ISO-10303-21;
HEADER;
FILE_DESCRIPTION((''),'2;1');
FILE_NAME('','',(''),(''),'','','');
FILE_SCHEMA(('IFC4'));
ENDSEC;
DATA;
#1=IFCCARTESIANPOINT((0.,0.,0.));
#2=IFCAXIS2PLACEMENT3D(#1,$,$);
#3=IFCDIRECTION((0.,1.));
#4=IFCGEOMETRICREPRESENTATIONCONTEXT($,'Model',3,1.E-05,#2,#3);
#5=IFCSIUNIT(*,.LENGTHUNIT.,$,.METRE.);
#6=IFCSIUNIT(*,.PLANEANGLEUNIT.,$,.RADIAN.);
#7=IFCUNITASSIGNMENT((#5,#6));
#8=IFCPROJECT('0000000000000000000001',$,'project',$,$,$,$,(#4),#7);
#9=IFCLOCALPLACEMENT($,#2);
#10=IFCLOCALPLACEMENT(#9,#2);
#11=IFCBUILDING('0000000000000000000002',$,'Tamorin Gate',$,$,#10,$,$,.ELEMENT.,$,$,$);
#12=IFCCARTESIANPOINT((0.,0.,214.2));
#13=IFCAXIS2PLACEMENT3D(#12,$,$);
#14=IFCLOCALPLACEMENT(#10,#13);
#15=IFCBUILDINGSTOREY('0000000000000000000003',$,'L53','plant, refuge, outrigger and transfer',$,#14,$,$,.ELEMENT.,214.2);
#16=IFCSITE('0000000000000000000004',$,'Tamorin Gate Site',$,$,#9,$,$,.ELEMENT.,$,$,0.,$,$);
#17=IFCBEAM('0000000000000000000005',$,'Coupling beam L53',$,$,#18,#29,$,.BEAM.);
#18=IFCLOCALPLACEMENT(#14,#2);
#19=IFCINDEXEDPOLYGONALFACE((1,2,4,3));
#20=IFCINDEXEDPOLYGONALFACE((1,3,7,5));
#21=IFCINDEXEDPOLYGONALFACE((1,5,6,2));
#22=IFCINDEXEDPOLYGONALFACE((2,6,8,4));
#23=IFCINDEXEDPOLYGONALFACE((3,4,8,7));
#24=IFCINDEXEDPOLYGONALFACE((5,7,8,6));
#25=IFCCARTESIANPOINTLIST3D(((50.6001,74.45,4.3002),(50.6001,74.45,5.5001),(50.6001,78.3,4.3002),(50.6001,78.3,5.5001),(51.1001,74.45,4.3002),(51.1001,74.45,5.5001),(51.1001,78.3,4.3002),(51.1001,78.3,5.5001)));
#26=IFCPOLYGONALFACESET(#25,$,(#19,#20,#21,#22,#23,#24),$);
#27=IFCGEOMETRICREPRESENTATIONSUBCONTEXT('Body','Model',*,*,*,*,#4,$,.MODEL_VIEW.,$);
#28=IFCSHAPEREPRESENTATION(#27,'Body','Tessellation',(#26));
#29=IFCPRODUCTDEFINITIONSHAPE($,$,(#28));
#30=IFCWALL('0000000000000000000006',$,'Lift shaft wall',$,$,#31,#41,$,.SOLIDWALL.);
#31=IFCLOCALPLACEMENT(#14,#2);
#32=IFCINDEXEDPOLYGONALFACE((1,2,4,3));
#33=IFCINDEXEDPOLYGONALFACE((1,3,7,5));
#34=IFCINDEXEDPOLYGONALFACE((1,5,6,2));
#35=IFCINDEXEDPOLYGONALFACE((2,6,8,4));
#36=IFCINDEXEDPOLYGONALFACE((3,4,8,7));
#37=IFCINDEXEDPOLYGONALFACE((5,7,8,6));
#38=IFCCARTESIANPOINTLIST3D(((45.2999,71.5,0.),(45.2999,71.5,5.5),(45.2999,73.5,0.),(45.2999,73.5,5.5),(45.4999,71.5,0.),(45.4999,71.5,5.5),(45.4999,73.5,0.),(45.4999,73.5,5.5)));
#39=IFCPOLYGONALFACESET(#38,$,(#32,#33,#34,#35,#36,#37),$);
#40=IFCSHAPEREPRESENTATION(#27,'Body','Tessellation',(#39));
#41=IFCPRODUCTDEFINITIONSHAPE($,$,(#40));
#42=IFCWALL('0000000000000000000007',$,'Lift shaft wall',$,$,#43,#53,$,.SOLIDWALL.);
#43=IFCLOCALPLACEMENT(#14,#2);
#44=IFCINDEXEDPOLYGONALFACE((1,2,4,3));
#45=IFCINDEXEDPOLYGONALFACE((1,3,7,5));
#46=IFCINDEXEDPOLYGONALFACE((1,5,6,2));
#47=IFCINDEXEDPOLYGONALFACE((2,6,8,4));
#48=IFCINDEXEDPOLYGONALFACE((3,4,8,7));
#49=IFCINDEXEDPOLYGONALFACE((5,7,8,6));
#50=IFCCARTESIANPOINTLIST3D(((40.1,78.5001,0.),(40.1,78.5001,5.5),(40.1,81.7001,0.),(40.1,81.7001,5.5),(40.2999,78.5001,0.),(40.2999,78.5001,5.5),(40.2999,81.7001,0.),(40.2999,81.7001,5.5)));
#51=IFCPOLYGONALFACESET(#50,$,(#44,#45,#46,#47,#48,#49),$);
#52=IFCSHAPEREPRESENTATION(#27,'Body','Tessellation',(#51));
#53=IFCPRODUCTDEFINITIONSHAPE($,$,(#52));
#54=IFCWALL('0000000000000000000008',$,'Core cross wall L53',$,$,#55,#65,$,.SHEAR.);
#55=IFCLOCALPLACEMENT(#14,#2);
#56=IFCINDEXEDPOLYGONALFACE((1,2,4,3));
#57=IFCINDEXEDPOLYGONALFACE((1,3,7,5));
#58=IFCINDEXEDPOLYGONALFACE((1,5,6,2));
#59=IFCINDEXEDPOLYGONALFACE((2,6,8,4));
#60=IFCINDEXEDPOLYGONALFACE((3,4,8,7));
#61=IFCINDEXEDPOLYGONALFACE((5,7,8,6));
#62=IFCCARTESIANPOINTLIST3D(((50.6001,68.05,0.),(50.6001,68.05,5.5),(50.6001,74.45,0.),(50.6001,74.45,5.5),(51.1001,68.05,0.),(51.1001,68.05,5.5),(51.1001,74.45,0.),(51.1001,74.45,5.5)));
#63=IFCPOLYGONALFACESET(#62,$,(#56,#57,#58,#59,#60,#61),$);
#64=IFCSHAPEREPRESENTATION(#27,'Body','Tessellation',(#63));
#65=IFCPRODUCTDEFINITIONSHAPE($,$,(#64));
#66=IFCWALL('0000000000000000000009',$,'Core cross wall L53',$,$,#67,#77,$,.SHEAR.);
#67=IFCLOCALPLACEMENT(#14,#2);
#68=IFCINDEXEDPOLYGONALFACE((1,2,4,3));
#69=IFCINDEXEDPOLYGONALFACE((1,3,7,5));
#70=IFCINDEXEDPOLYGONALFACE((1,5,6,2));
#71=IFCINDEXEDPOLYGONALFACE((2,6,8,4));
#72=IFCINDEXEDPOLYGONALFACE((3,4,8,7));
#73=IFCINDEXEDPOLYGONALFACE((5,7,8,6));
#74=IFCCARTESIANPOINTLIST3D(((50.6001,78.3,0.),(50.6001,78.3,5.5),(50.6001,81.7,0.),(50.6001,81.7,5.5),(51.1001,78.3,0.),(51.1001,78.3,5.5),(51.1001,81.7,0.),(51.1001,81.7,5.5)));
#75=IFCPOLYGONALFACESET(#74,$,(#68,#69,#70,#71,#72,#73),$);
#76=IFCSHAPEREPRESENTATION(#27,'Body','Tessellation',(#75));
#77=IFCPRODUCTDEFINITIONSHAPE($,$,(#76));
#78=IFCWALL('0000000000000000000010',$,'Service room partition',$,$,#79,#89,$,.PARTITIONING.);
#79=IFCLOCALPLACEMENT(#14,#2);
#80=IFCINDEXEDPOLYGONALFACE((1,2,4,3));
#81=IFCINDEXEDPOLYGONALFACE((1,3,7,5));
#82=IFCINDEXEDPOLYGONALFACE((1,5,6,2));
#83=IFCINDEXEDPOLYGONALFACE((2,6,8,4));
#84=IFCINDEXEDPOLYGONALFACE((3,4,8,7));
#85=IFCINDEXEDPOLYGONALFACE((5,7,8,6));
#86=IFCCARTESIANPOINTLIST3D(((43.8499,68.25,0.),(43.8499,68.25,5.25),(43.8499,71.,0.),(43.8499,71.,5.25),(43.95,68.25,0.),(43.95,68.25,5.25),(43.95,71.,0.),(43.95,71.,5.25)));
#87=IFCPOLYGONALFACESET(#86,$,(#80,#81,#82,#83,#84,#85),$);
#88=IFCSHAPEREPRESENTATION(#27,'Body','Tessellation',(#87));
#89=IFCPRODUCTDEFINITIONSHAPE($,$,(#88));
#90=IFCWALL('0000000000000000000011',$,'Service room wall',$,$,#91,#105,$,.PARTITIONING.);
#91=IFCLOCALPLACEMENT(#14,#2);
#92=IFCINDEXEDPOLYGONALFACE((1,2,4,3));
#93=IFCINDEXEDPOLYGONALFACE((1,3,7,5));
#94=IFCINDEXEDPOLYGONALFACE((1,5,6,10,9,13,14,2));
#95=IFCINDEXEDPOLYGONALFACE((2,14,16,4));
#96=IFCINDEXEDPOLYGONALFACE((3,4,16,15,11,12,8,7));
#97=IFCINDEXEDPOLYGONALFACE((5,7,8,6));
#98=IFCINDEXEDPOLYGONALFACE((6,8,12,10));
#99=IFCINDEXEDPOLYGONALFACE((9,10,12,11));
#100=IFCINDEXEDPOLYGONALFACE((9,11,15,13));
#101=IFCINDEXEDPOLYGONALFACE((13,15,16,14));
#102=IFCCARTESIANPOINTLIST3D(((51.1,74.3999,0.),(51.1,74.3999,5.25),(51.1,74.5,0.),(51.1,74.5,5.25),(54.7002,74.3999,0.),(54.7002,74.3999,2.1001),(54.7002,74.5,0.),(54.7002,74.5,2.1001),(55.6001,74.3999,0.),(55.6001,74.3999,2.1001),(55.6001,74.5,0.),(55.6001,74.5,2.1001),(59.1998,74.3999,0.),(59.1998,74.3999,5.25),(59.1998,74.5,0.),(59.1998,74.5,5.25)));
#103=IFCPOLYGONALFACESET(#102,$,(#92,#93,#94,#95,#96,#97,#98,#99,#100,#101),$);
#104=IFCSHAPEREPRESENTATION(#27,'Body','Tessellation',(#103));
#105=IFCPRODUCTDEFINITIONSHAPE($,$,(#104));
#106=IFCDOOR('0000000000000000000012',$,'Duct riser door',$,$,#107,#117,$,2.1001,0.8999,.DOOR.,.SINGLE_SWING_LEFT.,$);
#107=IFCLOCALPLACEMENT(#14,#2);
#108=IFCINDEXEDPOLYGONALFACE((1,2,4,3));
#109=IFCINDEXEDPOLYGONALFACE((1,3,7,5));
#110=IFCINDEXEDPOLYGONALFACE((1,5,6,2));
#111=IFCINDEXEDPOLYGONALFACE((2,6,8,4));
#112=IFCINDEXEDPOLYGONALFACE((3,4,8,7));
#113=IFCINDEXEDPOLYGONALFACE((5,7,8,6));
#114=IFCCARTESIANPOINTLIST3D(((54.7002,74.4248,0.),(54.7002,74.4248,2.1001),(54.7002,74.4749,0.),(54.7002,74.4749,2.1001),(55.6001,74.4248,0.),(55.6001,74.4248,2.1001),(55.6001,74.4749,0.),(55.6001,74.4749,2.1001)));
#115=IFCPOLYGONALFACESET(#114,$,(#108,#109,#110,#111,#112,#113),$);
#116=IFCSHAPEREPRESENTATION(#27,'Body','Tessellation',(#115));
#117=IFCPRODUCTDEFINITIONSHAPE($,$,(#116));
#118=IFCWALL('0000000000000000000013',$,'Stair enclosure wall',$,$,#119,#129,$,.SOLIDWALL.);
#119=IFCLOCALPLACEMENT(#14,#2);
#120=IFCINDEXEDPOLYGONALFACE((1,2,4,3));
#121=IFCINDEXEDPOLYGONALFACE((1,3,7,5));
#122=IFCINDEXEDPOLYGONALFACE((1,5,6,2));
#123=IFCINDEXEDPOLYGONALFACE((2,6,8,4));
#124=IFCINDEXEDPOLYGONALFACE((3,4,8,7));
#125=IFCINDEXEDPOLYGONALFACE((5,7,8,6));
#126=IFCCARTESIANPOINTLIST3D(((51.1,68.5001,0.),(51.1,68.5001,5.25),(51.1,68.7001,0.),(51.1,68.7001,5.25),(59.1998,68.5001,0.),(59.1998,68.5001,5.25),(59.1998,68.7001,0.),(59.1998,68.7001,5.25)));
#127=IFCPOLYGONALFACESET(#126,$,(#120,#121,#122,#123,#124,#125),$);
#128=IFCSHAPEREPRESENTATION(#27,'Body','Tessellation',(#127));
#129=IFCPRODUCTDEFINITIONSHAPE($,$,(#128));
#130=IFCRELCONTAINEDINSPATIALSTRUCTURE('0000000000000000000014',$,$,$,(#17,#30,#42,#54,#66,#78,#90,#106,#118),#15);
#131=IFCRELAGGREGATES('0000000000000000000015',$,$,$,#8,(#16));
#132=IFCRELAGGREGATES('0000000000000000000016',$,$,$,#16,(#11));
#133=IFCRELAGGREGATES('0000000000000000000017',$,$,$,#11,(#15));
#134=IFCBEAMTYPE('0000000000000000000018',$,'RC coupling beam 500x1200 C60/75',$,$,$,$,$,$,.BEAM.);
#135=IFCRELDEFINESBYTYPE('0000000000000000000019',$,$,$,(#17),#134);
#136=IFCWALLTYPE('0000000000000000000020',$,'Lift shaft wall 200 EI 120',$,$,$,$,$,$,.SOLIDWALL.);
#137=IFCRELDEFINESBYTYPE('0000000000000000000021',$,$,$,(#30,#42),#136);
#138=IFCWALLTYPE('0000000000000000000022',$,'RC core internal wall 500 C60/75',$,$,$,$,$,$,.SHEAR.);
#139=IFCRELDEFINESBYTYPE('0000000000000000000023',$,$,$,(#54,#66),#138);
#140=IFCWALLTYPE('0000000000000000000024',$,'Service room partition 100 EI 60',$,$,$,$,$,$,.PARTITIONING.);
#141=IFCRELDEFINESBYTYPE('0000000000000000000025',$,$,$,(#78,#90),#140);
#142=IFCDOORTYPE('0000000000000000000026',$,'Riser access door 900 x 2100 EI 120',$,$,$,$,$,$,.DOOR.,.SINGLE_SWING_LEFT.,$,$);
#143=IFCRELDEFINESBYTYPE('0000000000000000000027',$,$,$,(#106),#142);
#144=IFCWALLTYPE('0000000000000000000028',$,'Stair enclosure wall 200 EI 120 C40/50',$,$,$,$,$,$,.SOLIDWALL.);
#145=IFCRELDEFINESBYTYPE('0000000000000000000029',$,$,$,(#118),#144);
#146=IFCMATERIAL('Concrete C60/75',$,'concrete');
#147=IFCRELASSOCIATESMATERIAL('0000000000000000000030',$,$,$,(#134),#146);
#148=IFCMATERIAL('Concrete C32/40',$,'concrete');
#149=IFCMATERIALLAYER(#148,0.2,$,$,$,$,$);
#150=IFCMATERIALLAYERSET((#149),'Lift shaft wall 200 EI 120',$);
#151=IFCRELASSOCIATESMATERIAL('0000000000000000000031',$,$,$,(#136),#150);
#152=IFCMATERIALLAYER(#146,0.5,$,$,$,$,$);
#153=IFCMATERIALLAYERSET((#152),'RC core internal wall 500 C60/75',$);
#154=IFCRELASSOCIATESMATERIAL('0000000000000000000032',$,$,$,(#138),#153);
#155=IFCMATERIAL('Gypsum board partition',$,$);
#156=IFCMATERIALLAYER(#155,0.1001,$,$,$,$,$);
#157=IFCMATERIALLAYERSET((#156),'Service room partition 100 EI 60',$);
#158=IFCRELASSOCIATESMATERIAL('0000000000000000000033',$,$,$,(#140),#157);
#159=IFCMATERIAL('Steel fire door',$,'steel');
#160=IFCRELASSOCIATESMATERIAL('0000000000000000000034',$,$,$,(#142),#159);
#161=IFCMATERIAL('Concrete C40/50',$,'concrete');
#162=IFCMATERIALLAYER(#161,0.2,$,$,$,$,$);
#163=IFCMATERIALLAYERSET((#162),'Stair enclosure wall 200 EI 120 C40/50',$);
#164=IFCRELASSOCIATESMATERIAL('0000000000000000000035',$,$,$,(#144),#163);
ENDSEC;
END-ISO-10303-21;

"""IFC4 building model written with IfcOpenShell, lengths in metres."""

from ifc_helpers import new_model, si_unit, direction, frame, frame_2d, origin, origin_2d, place, context, subcontext, project, spatial, rectangle, extrude, material, layer, layer_set, material_profile, profile_set, type_object, element, fill, save


model = new_model("IFC4")

# Units and contexts
model_context = context("Model", 3, precision=1e-05, world=origin(), true_north=direction((0.0, 1.0)))
body_context = subcontext(model_context, "Body", "Model", "MODEL_VIEW")
ifc_project = project(units=[si_unit("LENGTHUNIT", "METRE"), si_unit("PLANEANGLEUNIT", "RADIAN")], contexts=[model_context])

# Site, building, storey
site_placement = place(None, origin())
site = spatial("IfcSite", under=ifc_project, at=site_placement, Name="Tamorin Gate Site", CompositionType="ELEMENT", RefElevation=0.0)
building_placement = place(site_placement, origin())
building = spatial("IfcBuilding", under=site, at=building_placement, Name="Tamorin Gate", CompositionType="ELEMENT")
storey_placement = place(building_placement, frame((0.0, 0.0, 214.2)))
storey = spatial("IfcBuildingStorey", under=building, at=storey_placement, Name="L53", Description="plant, refuge, outrigger and transfer", CompositionType="ELEMENT", Elevation=214.2)

# Beam
ifc_material_1 = material(Name="Concrete C60/75", Category="concrete")
ifc_material_profile = material_profile(ifc_material_1, rectangle(XDim=0.5, YDim=1.2, at=origin_2d()), Name="RC 500x1200")
ifc_profile_set = profile_set([ifc_material_profile], Name="Concrete C60/75")
beam_type = type_object("IfcBeamType", Name="RC coupling beam 500x1200 C60/75", PredefinedType="BEAM", material=ifc_profile_set)
beam_placement = place(storey_placement, frame((50.8501, 74.45, 4.9001), z_axis=(0.0, 1.0, 0.0), x_axis=(-1.0, 0.0, 0.0)))
element("IfcBeam", 1, at=beam_placement, inside=storey, type_object=beam_type, Name="Coupling beam L53", PredefinedType="BEAM", context=body_context, shape_type="SweptSolid", body=[
    extrude(rectangle(XDim=0.5, YDim=1.2, at=origin_2d()), origin(), (0.0, 0.0, 1.0), 3.8501),
])

# Walls
ifc_material_2 = material(Name="Concrete C32/40", Category="concrete")
ifc_layer_1 = layer(ifc_material_2, 0.2)
ifc_layer_set_1 = layer_set([ifc_layer_1], Name="Lift shaft wall 200 EI 120")
wall_type_1 = type_object("IfcWallType", Name="Lift shaft wall 200 EI 120", PredefinedType="SOLIDWALL", material=ifc_layer_set_1)
wall_1_placement = place(storey_placement, frame((45.3999, 71.5, 0.0), z_axis=(0.0, 0.0, 1.0), x_axis=(0.0, 1.0, 0.0)))
element("IfcWall", 2, at=wall_1_placement, inside=storey, type_object=wall_type_1, Name="Lift shaft wall", PredefinedType="SOLIDWALL", context=body_context, shape_type="SweptSolid", body=[
    extrude(rectangle(XDim=2.0, YDim=0.2, at=frame_2d((1.0, 0.0))), origin(), (0.0, 0.0, 1.0), 5.5),
])
wall_2_placement = place(storey_placement, frame((40.2, 78.5, 0.0), z_axis=(0.0, 0.0, 1.0), x_axis=(0.0, 1.0, 0.0)))
element("IfcWall", 3, at=wall_2_placement, inside=storey, type_object=wall_type_1, Name="Lift shaft wall", PredefinedType="SOLIDWALL", context=body_context, shape_type="SweptSolid", body=[
    extrude(rectangle(XDim=3.2, YDim=0.2, at=frame_2d((1.6001, 0.0))), origin(), (0.0, 0.0, 1.0), 5.5),
])
ifc_layer_2 = layer(ifc_material_1, 0.5)
ifc_layer_set_2 = layer_set([ifc_layer_2], Name="RC core internal wall 500 C60/75")
wall_type_2 = type_object("IfcWallType", Name="RC core internal wall 500 C60/75", PredefinedType="SHEAR", material=ifc_layer_set_2)
wall_3_placement = place(storey_placement, frame((50.8501, 68.05, 0.0), z_axis=(0.0, 0.0, 1.0), x_axis=(0.0, 1.0, 0.0)))
element("IfcWall", 4, at=wall_3_placement, inside=storey, type_object=wall_type_2, Name="Core cross wall L53", PredefinedType="SHEAR", context=body_context, shape_type="SweptSolid", body=[
    extrude(rectangle(XDim=6.3999, YDim=0.5, at=frame_2d((3.2, 0.0))), origin(), (0.0, 0.0, 1.0), 5.5),
])
wall_4_placement = place(storey_placement, frame((50.8501, 78.3, 0.0), z_axis=(0.0, 0.0, 1.0), x_axis=(0.0, 1.0, 0.0)))
element("IfcWall", 5, at=wall_4_placement, inside=storey, type_object=wall_type_2, Name="Core cross wall L53", PredefinedType="SHEAR", context=body_context, shape_type="SweptSolid", body=[
    extrude(rectangle(XDim=3.3999, YDim=0.5, at=frame_2d((1.7, 0.0))), origin(), (0.0, 0.0, 1.0), 5.5),
])
ifc_material_3 = material(Name="Gypsum board partition")
ifc_layer_3 = layer(ifc_material_3, 0.1001)
ifc_layer_set_3 = layer_set([ifc_layer_3], Name="Service room partition 100 EI 60")
wall_type_3 = type_object("IfcWallType", Name="Service room partition 100 EI 60", PredefinedType="PARTITIONING", material=ifc_layer_set_3)
wall_5_placement = place(storey_placement, frame((43.8999, 68.25, 0.0), z_axis=(0.0, 0.0, 1.0), x_axis=(0.0, 1.0, 0.0)))
element("IfcWall", 6, at=wall_5_placement, inside=storey, type_object=wall_type_3, Name="Service room partition", PredefinedType="PARTITIONING", context=body_context, shape_type="SweptSolid", body=[
    extrude(rectangle(XDim=2.75, YDim=0.1001, at=frame_2d((1.375, 0.0))), origin(), (0.0, 0.0, 1.0), 5.25),
])

# Wall, opening, door
wall_6_placement = place(storey_placement, frame((51.1001, 74.45, 0.0), z_axis=(0.0, 0.0, 1.0), x_axis=(1.0, 0.0, 0.0)))
wall_6 = element("IfcWall", 7, at=wall_6_placement, inside=storey, type_object=wall_type_3, Name="Service room wall", PredefinedType="PARTITIONING", context=body_context, shape_type="SweptSolid", body=[
    extrude(rectangle(XDim=8.0999, YDim=0.1001, at=frame_2d((4.0498, 0.0))), origin(), (0.0, 0.0, 1.0), 5.25),
])
opening_placement = place(wall_6_placement, frame((3.6001, 0.0, 0.0)))
opening = element("IfcOpeningElement", 8, at=opening_placement, cuts=wall_6, PredefinedType="OPENING", context=body_context, shape_type="SweptSolid", body=[
    extrude(rectangle(XDim=0.8999, YDim=2.1001, at=frame_2d((0.45, 1.05))), frame((0.0, 0.0601, 0.0), z_axis=(0.0, -1.0, 0.0), x_axis=(1.0, 0.0, 0.0)), (0.0, 0.0, 1.0), 0.1201),
])
ifc_material_4 = material(Name="Steel fire door", Category="steel")
door_type = type_object("IfcDoorType", Name="Riser access door 900 x 2100 EI 120", OperationType="SINGLE_SWING_LEFT", PredefinedType="DOOR", material=ifc_material_4)
door_placement = place(opening_placement, origin())
door = element("IfcDoor", 9, at=door_placement, inside=storey, type_object=door_type, Name="Duct riser door", OperationType="SINGLE_SWING_LEFT", OverallHeight=2.1001, OverallWidth=0.8999, PredefinedType="DOOR", context=body_context, shape_type="SweptSolid", body=[
    extrude(rectangle(XDim=0.8999, YDim=2.1001, at=frame_2d((0.45, 1.05))), frame((0.0, 0.0249, 0.0), z_axis=(0.0, -1.0, 0.0), x_axis=(1.0, 0.0, 0.0)), (0.0, 0.0, 1.0), 0.05),
])
fill(opening, door)

# Wall
ifc_material_5 = material(Name="Concrete C40/50", Category="concrete")
ifc_layer_4 = layer(ifc_material_5, 0.2)
ifc_layer_set_4 = layer_set([ifc_layer_4], Name="Stair enclosure wall 200 EI 120 C40/50")
wall_type_4 = type_object("IfcWallType", Name="Stair enclosure wall 200 EI 120 C40/50", PredefinedType="SOLIDWALL", material=ifc_layer_set_4)
wall_7_placement = place(storey_placement, frame((51.1001, 68.6001, 0.0), z_axis=(0.0, 0.0, 1.0), x_axis=(1.0, 0.0, 0.0)))
element("IfcWall", 10, at=wall_7_placement, inside=storey, type_object=wall_type_4, Name="Stair enclosure wall", PredefinedType="SOLIDWALL", context=body_context, shape_type="SweptSolid", body=[
    extrude(rectangle(XDim=8.0999, YDim=0.2, at=frame_2d((4.0498, 0.0))), origin(), (0.0, 0.0, 1.0), 5.25),
])

save(model, "model.ifc")
